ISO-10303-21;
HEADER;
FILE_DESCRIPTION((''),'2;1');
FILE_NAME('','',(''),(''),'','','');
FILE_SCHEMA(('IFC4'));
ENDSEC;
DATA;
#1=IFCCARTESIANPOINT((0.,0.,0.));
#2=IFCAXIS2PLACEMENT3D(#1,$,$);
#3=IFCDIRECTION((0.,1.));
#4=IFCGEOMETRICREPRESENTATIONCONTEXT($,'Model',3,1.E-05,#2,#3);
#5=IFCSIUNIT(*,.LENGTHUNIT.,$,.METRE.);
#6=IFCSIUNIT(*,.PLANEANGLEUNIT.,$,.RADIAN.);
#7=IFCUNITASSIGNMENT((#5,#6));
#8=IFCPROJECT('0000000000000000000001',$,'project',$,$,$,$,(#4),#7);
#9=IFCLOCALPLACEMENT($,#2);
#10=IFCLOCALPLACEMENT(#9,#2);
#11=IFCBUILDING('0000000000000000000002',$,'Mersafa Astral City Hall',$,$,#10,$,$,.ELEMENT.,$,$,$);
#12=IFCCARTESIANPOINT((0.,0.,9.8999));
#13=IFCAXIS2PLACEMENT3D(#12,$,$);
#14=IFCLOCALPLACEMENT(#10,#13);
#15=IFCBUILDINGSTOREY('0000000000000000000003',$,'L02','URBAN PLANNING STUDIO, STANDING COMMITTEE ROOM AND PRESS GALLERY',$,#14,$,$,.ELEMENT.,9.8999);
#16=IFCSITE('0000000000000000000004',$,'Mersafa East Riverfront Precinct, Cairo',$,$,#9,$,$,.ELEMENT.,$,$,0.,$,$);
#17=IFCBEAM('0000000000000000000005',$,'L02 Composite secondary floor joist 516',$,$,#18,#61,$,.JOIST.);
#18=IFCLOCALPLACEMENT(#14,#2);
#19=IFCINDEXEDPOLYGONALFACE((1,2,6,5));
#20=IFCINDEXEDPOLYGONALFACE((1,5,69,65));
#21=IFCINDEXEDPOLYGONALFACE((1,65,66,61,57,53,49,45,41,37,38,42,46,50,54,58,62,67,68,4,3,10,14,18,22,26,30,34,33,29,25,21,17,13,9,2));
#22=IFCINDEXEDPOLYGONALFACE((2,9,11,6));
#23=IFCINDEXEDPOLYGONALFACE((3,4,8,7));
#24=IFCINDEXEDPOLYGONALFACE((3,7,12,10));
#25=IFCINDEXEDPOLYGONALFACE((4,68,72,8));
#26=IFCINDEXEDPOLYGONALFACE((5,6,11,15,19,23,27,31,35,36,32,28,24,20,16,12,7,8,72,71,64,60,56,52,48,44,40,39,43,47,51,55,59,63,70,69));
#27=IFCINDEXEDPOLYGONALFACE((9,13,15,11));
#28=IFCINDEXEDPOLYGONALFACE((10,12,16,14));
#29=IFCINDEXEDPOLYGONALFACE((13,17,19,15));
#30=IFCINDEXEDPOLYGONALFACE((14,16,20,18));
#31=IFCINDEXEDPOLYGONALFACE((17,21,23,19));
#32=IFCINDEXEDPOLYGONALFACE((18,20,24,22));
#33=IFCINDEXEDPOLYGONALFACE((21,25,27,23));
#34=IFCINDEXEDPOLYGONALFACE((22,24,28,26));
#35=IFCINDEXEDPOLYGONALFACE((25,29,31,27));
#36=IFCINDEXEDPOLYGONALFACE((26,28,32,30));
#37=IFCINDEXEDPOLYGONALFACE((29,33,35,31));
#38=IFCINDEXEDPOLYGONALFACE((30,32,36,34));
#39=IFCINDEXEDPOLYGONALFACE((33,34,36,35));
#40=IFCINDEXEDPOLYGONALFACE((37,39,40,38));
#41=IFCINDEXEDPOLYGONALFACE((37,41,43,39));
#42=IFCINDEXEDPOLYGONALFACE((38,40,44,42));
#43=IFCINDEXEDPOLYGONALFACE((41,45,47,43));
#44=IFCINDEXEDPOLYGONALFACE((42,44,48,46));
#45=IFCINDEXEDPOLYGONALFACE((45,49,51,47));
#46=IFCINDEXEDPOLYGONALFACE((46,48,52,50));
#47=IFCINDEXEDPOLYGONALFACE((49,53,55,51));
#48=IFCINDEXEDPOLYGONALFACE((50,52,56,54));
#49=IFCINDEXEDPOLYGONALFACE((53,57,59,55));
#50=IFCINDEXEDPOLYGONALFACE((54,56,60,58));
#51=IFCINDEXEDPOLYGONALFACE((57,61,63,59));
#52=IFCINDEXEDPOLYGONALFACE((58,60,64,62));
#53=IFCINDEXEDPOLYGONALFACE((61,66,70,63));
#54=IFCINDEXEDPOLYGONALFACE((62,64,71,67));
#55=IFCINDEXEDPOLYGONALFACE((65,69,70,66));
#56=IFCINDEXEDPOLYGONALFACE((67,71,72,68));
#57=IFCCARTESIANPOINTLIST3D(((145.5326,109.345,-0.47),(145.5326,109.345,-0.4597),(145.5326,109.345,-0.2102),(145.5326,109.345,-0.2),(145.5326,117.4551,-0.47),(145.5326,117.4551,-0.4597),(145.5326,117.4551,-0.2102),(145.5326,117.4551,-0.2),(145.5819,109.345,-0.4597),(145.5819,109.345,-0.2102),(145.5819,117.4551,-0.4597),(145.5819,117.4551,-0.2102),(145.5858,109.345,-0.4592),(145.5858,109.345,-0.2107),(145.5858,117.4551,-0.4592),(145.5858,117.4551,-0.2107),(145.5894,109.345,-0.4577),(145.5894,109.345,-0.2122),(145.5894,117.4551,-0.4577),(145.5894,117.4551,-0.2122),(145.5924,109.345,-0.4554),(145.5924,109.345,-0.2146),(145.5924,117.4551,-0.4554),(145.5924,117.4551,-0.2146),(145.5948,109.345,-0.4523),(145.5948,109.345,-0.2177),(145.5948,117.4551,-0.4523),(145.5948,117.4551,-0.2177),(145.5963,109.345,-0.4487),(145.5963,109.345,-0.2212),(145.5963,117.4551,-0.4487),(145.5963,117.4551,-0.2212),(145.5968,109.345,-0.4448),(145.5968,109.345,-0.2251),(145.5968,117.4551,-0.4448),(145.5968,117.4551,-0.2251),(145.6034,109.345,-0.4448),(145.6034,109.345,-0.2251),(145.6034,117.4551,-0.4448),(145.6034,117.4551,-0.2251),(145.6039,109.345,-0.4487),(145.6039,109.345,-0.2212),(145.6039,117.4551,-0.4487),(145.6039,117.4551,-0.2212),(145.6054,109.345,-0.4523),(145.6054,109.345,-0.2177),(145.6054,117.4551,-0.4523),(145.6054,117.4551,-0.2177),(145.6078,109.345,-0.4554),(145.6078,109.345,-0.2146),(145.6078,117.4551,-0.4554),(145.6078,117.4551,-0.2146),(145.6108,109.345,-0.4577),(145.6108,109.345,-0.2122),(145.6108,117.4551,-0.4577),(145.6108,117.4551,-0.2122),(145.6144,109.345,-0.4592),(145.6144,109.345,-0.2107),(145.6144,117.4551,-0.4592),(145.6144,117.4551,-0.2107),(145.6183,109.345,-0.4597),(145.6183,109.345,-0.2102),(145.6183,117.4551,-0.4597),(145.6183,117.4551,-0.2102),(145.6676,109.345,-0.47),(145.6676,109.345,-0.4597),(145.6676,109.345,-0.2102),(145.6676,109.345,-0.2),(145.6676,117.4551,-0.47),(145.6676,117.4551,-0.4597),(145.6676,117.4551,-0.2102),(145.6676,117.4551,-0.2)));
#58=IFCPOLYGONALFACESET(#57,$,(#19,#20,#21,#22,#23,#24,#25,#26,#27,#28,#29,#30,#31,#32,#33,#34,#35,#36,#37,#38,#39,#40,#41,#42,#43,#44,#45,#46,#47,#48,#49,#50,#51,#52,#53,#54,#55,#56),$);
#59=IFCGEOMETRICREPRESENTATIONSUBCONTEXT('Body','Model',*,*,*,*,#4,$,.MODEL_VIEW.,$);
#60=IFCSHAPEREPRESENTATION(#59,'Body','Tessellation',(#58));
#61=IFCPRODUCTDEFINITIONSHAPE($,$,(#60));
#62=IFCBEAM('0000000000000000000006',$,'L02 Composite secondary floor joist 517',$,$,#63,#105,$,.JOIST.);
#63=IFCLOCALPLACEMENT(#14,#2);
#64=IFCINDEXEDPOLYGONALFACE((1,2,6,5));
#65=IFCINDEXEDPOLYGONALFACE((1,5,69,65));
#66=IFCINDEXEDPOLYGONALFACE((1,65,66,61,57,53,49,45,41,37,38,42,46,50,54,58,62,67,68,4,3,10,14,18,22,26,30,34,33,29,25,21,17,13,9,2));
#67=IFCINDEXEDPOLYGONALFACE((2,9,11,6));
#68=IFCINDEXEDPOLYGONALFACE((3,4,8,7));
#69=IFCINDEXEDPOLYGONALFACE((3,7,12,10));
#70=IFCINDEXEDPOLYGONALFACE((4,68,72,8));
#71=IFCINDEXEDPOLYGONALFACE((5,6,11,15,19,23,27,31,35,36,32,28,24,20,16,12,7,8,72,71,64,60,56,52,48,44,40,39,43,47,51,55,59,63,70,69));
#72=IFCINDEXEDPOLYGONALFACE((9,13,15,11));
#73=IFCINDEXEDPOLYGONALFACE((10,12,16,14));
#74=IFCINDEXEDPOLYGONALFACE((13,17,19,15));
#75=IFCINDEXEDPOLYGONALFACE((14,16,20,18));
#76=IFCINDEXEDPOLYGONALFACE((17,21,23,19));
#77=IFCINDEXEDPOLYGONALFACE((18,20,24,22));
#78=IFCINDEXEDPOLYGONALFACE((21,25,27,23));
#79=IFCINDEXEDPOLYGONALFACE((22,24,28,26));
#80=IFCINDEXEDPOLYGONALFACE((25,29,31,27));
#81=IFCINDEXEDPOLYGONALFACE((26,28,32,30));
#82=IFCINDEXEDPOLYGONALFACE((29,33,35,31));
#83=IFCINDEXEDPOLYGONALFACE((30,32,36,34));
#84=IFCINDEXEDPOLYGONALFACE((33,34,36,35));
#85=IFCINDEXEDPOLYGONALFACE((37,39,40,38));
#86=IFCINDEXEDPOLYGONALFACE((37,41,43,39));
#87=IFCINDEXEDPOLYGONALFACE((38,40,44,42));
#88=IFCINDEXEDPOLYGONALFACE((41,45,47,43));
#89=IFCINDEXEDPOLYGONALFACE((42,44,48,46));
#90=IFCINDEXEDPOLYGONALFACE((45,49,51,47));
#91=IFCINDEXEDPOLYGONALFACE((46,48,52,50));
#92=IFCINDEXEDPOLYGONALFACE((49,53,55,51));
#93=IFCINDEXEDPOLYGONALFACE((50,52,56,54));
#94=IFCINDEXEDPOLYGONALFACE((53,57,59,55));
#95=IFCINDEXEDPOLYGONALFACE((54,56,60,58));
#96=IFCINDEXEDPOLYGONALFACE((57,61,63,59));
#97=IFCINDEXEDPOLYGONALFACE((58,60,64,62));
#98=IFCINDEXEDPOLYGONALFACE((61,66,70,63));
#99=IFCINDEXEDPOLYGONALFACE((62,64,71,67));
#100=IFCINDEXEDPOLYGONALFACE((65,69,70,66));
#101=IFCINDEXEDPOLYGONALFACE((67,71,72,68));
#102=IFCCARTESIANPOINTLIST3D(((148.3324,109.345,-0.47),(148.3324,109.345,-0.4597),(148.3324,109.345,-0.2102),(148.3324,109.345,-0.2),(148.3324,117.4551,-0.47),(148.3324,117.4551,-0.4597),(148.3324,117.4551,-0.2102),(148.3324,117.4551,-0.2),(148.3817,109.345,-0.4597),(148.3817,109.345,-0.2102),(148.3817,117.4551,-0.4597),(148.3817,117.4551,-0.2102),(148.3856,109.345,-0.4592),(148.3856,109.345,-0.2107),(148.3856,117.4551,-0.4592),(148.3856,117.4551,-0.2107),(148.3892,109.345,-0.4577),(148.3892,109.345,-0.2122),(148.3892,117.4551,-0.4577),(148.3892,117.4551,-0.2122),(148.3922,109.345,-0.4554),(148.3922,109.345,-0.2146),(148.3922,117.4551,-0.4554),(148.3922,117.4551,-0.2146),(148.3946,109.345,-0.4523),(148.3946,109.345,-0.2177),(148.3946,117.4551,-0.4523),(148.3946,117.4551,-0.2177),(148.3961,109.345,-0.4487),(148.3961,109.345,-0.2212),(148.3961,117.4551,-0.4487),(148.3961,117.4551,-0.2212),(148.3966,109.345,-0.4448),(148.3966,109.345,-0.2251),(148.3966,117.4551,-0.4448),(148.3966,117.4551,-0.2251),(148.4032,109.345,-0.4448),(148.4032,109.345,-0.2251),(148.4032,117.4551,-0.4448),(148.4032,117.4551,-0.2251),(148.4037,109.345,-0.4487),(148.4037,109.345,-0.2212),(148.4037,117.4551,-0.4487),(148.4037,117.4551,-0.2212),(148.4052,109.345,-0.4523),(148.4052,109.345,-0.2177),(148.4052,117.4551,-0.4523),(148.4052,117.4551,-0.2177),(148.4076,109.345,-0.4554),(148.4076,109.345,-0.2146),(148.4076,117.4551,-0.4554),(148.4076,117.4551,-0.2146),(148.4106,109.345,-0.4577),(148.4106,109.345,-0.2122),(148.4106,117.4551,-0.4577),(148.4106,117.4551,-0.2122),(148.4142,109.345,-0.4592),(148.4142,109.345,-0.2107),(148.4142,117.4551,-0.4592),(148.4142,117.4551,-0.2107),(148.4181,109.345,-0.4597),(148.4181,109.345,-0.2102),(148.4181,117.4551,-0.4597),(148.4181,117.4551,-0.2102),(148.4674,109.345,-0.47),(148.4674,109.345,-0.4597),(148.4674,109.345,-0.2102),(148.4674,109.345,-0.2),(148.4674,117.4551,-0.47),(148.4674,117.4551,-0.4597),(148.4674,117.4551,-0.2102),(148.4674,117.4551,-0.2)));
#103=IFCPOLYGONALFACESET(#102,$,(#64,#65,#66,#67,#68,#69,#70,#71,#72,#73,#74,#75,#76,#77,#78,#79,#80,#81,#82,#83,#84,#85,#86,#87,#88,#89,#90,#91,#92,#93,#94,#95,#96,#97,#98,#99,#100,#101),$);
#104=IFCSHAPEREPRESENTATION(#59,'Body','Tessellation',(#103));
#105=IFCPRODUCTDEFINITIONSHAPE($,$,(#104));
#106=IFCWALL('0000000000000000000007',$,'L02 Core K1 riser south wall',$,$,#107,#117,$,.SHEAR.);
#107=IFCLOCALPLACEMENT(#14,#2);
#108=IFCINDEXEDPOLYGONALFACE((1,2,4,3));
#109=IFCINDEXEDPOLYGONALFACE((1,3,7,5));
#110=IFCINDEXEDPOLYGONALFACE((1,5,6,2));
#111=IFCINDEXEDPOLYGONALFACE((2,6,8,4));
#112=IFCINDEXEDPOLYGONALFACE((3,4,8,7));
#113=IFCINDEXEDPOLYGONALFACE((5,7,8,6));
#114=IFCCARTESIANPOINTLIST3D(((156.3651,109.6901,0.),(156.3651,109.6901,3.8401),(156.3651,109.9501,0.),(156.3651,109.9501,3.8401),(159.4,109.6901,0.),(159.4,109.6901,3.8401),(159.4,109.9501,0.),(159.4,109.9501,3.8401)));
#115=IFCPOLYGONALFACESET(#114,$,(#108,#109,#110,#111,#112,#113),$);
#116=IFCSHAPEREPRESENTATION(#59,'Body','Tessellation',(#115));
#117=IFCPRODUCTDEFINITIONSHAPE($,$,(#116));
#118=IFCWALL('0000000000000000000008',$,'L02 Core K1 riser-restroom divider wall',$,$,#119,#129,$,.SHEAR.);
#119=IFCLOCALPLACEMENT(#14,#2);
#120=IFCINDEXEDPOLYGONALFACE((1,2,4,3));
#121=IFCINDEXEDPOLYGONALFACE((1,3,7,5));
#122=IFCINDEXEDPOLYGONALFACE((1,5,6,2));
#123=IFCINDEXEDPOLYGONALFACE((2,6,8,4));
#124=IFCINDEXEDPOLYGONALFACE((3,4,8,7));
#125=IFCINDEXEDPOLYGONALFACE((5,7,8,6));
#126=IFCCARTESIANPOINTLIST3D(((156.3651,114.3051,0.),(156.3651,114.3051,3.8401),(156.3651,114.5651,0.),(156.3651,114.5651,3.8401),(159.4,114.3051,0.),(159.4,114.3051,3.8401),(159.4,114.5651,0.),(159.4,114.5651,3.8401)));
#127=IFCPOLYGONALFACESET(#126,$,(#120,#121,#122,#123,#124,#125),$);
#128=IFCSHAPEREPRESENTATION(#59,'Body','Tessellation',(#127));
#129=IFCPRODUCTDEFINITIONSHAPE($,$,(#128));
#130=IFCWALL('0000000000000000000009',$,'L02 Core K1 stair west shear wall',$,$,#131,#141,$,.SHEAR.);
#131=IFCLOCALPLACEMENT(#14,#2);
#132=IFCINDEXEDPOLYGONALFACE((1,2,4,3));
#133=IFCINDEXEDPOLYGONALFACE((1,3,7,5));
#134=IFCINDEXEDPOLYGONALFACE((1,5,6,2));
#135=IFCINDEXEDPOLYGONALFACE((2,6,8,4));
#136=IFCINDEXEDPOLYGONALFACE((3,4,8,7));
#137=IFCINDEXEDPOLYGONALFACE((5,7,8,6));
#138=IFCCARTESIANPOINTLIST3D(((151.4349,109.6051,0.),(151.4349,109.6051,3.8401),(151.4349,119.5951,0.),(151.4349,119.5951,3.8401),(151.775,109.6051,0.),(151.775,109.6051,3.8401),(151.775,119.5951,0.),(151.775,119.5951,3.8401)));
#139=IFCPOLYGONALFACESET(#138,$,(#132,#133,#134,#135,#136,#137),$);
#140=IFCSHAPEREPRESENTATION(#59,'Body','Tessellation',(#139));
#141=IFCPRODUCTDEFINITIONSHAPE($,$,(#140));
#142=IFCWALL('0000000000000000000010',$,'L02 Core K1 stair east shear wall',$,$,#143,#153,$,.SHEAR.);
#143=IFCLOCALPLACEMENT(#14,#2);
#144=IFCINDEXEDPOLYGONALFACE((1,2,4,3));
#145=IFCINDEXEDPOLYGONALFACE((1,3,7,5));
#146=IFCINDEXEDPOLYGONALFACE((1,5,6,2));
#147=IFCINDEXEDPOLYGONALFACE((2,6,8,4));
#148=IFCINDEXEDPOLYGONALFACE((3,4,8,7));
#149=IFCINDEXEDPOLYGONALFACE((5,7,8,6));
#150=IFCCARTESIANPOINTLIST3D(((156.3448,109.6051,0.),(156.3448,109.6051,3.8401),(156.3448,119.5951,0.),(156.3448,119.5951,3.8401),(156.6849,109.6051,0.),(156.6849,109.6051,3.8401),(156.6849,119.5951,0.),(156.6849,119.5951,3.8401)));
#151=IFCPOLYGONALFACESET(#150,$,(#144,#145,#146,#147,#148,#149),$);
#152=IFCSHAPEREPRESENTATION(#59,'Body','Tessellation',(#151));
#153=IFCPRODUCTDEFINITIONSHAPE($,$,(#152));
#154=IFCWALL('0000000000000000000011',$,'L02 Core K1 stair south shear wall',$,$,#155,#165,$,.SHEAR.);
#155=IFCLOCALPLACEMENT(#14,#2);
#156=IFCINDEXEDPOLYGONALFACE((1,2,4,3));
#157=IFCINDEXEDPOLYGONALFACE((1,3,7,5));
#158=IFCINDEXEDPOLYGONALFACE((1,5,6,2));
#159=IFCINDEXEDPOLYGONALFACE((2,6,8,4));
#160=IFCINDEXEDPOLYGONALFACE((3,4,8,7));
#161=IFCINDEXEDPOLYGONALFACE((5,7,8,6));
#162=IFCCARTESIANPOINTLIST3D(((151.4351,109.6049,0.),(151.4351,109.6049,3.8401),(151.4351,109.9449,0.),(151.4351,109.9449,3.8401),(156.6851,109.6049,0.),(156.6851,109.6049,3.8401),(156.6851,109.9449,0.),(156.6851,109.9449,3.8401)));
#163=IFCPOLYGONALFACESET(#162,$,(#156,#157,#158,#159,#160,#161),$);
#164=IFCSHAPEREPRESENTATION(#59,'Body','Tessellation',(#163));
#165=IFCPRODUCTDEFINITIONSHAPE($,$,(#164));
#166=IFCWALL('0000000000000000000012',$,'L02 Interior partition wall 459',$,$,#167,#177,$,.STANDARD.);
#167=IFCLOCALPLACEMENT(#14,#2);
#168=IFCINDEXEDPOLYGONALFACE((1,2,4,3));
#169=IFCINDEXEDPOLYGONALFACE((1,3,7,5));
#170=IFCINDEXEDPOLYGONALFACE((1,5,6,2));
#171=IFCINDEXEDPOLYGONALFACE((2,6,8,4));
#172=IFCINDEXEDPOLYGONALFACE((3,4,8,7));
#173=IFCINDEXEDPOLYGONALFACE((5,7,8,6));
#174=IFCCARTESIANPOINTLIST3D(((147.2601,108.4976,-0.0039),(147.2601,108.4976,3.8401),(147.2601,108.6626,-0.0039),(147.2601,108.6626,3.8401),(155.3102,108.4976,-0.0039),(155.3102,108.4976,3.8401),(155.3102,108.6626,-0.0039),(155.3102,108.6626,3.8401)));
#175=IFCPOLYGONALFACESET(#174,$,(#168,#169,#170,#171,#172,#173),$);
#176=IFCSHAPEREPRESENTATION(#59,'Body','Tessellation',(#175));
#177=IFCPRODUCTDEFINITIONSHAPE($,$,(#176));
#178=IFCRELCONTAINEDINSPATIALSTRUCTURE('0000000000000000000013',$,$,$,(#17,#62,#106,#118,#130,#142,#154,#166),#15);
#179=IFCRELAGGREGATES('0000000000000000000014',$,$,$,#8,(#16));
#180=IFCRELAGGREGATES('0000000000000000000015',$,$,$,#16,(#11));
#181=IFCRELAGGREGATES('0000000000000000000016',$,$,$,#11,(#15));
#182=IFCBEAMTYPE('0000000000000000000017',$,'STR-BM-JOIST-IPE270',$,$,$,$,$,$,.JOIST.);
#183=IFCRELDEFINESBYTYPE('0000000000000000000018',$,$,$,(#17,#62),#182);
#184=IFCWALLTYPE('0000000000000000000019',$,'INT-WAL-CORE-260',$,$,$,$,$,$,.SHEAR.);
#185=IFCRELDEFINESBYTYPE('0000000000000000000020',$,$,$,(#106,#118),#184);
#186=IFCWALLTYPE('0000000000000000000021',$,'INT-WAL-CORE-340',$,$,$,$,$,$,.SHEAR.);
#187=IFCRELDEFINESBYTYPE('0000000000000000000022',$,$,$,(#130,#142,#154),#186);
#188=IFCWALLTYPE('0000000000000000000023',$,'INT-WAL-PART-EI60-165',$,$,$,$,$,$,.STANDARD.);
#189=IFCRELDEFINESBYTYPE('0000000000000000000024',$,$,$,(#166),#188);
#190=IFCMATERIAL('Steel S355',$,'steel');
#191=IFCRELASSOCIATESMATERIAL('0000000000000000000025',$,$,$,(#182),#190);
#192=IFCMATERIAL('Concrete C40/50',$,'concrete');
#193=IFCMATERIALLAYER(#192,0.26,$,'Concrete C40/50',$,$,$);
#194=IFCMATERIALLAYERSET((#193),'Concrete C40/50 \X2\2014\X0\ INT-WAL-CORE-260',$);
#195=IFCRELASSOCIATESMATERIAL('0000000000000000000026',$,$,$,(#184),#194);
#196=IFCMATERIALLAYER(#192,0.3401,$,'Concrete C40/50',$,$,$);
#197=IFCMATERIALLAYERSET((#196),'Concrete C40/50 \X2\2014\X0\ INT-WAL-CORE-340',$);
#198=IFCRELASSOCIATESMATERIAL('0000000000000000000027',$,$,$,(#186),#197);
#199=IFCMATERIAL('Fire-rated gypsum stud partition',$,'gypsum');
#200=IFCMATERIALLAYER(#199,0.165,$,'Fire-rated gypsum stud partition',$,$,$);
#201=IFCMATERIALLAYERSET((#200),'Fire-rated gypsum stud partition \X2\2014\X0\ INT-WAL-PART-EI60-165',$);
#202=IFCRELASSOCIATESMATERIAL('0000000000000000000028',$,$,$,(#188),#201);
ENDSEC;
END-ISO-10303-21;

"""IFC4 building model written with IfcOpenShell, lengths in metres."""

from ifc_helpers import new_model, si_unit, direction, frame, frame_2d, origin, origin_2d, place, context, subcontext, project, spatial, rectangle, i_section, extrude, material, layer, layer_set, material_profile, profile_set, type_object, element, save


model = new_model("IFC4")

# Units and contexts
model_context = context("Model", 3, precision=1e-05, world=origin(), true_north=direction((0.0, 1.0)))
body_context = subcontext(model_context, "Body", "Model", "MODEL_VIEW")
ifc_project = project(units=[si_unit("LENGTHUNIT", "METRE"), si_unit("PLANEANGLEUNIT", "RADIAN")], contexts=[model_context])

# Site, building, storey
site_placement = place(None, origin())
site = spatial("IfcSite", under=ifc_project, at=site_placement, Name="Mersafa East Riverfront Precinct, Cairo", CompositionType="ELEMENT", RefElevation=0.0)
building_placement = place(site_placement, origin())
building = spatial("IfcBuilding", under=site, at=building_placement, Name="Mersafa Astral City Hall", CompositionType="ELEMENT")
storey_placement = place(building_placement, frame((0.0, 0.0, 9.8999)))
storey = spatial("IfcBuildingStorey", under=building, at=storey_placement, Name="L02", Description="URBAN PLANNING STUDIO, STANDING COMMITTEE ROOM AND PRESS GALLERY", CompositionType="ELEMENT", Elevation=9.8999)

# Shared definitions
ifc_material_1 = material(Name="Steel S355", Category="steel")

# Beams
ifc_material_profile_1 = material_profile(ifc_material_1, i_section(OverallWidth=0.135, OverallDepth=0.27, WebThickness=0.0066, FlangeThickness=0.0103, FilletRadius=0.0149, at=origin_2d()), Name="IPE 270")
ifc_profile_set_1 = profile_set([ifc_material_profile_1], Name="Steel S355")
beam_type_1 = type_object("IfcBeamType", Name="STR-BM-JOIST-IPE270", PredefinedType="JOIST", material=ifc_profile_set_1)
for number, where, z_axis, x_axis, name in (
    (1, (145.6001, 109.345, -0.335), (0.0, 1.0, 0.0), (-1.0, 0.0, 0.0), "L02 Composite secondary floor joist 516"),
    (2, (148.3999, 109.345, -0.335), (0.0, 1.0, 0.0), (-1.0, 0.0, 0.0), "L02 Composite secondary floor joist 517"),
):
    element("IfcBeam", number, at=place(storey_placement, frame(where, z_axis=z_axis, x_axis=x_axis)), inside=storey, type_object=beam_type_1, Name=name, PredefinedType="JOIST", context=body_context, shape_type="SweptSolid", body=[
        extrude(i_section(OverallWidth=0.135, OverallDepth=0.27, WebThickness=0.0066, FlangeThickness=0.0103, FilletRadius=0.0149, at=origin_2d()), origin(), (0.0, 0.0, 1.0), 8.1101),
    ])

# Walls
ifc_material_2 = material(Name="Concrete C40/50", Category="concrete")
ifc_layer_1 = layer(ifc_material_2, 0.26, Name="Concrete C40/50")
ifc_layer_set_1 = layer_set([ifc_layer_1], Name="Concrete C40/50 — INT-WAL-CORE-260")
wall_type_1 = type_object("IfcWallType", Name="INT-WAL-CORE-260", PredefinedType="SHEAR", material=ifc_layer_set_1)
for number, where, z_axis, x_axis, name in (
    (3, (156.365, 109.8201, 0.0), (0.0, 0.0, 1.0), (1.0, 0.0, 0.0), "L02 Core K1 riser south wall"),
    (4, (156.365, 114.4351, 0.0), (0.0, 0.0, 1.0), (1.0, 0.0, 0.0), "L02 Core K1 riser-restroom divider wall"),
):
    element("IfcWall", number, at=place(storey_placement, frame(where, z_axis=z_axis, x_axis=x_axis)), inside=storey, type_object=wall_type_1, Name=name, PredefinedType="SHEAR", context=body_context, shape_type="SweptSolid", body=[
        extrude(rectangle(XDim=3.0349, YDim=0.26, at=frame_2d((1.5176, 0.0))), origin(), (0.0, 0.0, 1.0), 3.8401),
    ])
ifc_layer_2 = layer(ifc_material_2, 0.3401, Name="Concrete C40/50")
ifc_layer_set_2 = layer_set([ifc_layer_2], Name="Concrete C40/50 — INT-WAL-CORE-340")
wall_type_2 = type_object("IfcWallType", Name="INT-WAL-CORE-340", PredefinedType="SHEAR", material=ifc_layer_set_2)
for number, where, z_axis, x_axis, name in (
    (5, (151.605, 109.605, 0.0), (0.0, 0.0, 1.0), (0.0, 1.0, 0.0), "L02 Core K1 stair west shear wall"),
    (6, (156.5149, 109.605, 0.0), (0.0, 0.0, 1.0), (0.0, 1.0, 0.0), "L02 Core K1 stair east shear wall"),
):
    element("IfcWall", number, at=place(storey_placement, frame(where, z_axis=z_axis, x_axis=x_axis)), inside=storey, type_object=wall_type_2, Name=name, PredefinedType="SHEAR", context=body_context, shape_type="SweptSolid", body=[
        extrude(rectangle(XDim=9.99, YDim=0.3401, at=frame_2d((4.9951, 0.0))), origin(), (0.0, 0.0, 1.0), 3.8401),
    ])
wall_1_placement = place(storey_placement, frame((151.4351, 109.7749, 0.0), z_axis=(0.0, 0.0, 1.0), x_axis=(1.0, 0.0, 0.0)))
element("IfcWall", 7, at=wall_1_placement, inside=storey, type_object=wall_type_2, Name="L02 Core K1 stair south shear wall", PredefinedType="SHEAR", context=body_context, shape_type="SweptSolid", body=[
    extrude(rectangle(XDim=5.25, YDim=0.3401, at=frame_2d((2.625, 0.0))), origin(), (0.0, 0.0, 1.0), 3.8401),
])
ifc_material_3 = material(Name="Fire-rated gypsum stud partition", Category="gypsum")
ifc_layer_3 = layer(ifc_material_3, 0.165, Name="Fire-rated gypsum stud partition")
ifc_layer_set_3 = layer_set([ifc_layer_3], Name="Fire-rated gypsum stud partition — INT-WAL-PART-EI60-165")
wall_type_3 = type_object("IfcWallType", Name="INT-WAL-PART-EI60-165", PredefinedType="STANDARD", material=ifc_layer_set_3)
wall_2_placement = place(storey_placement, frame((155.3101, 108.5801, -0.0039), z_axis=(0.0, 0.0, 1.0), x_axis=(-1.0, 0.0, 0.0)))
element("IfcWall", 8, at=wall_2_placement, inside=storey, type_object=wall_type_3, Name="L02 Interior partition wall 459", PredefinedType="STANDARD", context=body_context, shape_type="SweptSolid", body=[
    extrude(rectangle(XDim=8.05, YDim=0.165, at=frame_2d((4.0249, 0.0))), origin(), (0.0, 0.0, 1.0), 3.844),
])

save(model, "model.ifc")
